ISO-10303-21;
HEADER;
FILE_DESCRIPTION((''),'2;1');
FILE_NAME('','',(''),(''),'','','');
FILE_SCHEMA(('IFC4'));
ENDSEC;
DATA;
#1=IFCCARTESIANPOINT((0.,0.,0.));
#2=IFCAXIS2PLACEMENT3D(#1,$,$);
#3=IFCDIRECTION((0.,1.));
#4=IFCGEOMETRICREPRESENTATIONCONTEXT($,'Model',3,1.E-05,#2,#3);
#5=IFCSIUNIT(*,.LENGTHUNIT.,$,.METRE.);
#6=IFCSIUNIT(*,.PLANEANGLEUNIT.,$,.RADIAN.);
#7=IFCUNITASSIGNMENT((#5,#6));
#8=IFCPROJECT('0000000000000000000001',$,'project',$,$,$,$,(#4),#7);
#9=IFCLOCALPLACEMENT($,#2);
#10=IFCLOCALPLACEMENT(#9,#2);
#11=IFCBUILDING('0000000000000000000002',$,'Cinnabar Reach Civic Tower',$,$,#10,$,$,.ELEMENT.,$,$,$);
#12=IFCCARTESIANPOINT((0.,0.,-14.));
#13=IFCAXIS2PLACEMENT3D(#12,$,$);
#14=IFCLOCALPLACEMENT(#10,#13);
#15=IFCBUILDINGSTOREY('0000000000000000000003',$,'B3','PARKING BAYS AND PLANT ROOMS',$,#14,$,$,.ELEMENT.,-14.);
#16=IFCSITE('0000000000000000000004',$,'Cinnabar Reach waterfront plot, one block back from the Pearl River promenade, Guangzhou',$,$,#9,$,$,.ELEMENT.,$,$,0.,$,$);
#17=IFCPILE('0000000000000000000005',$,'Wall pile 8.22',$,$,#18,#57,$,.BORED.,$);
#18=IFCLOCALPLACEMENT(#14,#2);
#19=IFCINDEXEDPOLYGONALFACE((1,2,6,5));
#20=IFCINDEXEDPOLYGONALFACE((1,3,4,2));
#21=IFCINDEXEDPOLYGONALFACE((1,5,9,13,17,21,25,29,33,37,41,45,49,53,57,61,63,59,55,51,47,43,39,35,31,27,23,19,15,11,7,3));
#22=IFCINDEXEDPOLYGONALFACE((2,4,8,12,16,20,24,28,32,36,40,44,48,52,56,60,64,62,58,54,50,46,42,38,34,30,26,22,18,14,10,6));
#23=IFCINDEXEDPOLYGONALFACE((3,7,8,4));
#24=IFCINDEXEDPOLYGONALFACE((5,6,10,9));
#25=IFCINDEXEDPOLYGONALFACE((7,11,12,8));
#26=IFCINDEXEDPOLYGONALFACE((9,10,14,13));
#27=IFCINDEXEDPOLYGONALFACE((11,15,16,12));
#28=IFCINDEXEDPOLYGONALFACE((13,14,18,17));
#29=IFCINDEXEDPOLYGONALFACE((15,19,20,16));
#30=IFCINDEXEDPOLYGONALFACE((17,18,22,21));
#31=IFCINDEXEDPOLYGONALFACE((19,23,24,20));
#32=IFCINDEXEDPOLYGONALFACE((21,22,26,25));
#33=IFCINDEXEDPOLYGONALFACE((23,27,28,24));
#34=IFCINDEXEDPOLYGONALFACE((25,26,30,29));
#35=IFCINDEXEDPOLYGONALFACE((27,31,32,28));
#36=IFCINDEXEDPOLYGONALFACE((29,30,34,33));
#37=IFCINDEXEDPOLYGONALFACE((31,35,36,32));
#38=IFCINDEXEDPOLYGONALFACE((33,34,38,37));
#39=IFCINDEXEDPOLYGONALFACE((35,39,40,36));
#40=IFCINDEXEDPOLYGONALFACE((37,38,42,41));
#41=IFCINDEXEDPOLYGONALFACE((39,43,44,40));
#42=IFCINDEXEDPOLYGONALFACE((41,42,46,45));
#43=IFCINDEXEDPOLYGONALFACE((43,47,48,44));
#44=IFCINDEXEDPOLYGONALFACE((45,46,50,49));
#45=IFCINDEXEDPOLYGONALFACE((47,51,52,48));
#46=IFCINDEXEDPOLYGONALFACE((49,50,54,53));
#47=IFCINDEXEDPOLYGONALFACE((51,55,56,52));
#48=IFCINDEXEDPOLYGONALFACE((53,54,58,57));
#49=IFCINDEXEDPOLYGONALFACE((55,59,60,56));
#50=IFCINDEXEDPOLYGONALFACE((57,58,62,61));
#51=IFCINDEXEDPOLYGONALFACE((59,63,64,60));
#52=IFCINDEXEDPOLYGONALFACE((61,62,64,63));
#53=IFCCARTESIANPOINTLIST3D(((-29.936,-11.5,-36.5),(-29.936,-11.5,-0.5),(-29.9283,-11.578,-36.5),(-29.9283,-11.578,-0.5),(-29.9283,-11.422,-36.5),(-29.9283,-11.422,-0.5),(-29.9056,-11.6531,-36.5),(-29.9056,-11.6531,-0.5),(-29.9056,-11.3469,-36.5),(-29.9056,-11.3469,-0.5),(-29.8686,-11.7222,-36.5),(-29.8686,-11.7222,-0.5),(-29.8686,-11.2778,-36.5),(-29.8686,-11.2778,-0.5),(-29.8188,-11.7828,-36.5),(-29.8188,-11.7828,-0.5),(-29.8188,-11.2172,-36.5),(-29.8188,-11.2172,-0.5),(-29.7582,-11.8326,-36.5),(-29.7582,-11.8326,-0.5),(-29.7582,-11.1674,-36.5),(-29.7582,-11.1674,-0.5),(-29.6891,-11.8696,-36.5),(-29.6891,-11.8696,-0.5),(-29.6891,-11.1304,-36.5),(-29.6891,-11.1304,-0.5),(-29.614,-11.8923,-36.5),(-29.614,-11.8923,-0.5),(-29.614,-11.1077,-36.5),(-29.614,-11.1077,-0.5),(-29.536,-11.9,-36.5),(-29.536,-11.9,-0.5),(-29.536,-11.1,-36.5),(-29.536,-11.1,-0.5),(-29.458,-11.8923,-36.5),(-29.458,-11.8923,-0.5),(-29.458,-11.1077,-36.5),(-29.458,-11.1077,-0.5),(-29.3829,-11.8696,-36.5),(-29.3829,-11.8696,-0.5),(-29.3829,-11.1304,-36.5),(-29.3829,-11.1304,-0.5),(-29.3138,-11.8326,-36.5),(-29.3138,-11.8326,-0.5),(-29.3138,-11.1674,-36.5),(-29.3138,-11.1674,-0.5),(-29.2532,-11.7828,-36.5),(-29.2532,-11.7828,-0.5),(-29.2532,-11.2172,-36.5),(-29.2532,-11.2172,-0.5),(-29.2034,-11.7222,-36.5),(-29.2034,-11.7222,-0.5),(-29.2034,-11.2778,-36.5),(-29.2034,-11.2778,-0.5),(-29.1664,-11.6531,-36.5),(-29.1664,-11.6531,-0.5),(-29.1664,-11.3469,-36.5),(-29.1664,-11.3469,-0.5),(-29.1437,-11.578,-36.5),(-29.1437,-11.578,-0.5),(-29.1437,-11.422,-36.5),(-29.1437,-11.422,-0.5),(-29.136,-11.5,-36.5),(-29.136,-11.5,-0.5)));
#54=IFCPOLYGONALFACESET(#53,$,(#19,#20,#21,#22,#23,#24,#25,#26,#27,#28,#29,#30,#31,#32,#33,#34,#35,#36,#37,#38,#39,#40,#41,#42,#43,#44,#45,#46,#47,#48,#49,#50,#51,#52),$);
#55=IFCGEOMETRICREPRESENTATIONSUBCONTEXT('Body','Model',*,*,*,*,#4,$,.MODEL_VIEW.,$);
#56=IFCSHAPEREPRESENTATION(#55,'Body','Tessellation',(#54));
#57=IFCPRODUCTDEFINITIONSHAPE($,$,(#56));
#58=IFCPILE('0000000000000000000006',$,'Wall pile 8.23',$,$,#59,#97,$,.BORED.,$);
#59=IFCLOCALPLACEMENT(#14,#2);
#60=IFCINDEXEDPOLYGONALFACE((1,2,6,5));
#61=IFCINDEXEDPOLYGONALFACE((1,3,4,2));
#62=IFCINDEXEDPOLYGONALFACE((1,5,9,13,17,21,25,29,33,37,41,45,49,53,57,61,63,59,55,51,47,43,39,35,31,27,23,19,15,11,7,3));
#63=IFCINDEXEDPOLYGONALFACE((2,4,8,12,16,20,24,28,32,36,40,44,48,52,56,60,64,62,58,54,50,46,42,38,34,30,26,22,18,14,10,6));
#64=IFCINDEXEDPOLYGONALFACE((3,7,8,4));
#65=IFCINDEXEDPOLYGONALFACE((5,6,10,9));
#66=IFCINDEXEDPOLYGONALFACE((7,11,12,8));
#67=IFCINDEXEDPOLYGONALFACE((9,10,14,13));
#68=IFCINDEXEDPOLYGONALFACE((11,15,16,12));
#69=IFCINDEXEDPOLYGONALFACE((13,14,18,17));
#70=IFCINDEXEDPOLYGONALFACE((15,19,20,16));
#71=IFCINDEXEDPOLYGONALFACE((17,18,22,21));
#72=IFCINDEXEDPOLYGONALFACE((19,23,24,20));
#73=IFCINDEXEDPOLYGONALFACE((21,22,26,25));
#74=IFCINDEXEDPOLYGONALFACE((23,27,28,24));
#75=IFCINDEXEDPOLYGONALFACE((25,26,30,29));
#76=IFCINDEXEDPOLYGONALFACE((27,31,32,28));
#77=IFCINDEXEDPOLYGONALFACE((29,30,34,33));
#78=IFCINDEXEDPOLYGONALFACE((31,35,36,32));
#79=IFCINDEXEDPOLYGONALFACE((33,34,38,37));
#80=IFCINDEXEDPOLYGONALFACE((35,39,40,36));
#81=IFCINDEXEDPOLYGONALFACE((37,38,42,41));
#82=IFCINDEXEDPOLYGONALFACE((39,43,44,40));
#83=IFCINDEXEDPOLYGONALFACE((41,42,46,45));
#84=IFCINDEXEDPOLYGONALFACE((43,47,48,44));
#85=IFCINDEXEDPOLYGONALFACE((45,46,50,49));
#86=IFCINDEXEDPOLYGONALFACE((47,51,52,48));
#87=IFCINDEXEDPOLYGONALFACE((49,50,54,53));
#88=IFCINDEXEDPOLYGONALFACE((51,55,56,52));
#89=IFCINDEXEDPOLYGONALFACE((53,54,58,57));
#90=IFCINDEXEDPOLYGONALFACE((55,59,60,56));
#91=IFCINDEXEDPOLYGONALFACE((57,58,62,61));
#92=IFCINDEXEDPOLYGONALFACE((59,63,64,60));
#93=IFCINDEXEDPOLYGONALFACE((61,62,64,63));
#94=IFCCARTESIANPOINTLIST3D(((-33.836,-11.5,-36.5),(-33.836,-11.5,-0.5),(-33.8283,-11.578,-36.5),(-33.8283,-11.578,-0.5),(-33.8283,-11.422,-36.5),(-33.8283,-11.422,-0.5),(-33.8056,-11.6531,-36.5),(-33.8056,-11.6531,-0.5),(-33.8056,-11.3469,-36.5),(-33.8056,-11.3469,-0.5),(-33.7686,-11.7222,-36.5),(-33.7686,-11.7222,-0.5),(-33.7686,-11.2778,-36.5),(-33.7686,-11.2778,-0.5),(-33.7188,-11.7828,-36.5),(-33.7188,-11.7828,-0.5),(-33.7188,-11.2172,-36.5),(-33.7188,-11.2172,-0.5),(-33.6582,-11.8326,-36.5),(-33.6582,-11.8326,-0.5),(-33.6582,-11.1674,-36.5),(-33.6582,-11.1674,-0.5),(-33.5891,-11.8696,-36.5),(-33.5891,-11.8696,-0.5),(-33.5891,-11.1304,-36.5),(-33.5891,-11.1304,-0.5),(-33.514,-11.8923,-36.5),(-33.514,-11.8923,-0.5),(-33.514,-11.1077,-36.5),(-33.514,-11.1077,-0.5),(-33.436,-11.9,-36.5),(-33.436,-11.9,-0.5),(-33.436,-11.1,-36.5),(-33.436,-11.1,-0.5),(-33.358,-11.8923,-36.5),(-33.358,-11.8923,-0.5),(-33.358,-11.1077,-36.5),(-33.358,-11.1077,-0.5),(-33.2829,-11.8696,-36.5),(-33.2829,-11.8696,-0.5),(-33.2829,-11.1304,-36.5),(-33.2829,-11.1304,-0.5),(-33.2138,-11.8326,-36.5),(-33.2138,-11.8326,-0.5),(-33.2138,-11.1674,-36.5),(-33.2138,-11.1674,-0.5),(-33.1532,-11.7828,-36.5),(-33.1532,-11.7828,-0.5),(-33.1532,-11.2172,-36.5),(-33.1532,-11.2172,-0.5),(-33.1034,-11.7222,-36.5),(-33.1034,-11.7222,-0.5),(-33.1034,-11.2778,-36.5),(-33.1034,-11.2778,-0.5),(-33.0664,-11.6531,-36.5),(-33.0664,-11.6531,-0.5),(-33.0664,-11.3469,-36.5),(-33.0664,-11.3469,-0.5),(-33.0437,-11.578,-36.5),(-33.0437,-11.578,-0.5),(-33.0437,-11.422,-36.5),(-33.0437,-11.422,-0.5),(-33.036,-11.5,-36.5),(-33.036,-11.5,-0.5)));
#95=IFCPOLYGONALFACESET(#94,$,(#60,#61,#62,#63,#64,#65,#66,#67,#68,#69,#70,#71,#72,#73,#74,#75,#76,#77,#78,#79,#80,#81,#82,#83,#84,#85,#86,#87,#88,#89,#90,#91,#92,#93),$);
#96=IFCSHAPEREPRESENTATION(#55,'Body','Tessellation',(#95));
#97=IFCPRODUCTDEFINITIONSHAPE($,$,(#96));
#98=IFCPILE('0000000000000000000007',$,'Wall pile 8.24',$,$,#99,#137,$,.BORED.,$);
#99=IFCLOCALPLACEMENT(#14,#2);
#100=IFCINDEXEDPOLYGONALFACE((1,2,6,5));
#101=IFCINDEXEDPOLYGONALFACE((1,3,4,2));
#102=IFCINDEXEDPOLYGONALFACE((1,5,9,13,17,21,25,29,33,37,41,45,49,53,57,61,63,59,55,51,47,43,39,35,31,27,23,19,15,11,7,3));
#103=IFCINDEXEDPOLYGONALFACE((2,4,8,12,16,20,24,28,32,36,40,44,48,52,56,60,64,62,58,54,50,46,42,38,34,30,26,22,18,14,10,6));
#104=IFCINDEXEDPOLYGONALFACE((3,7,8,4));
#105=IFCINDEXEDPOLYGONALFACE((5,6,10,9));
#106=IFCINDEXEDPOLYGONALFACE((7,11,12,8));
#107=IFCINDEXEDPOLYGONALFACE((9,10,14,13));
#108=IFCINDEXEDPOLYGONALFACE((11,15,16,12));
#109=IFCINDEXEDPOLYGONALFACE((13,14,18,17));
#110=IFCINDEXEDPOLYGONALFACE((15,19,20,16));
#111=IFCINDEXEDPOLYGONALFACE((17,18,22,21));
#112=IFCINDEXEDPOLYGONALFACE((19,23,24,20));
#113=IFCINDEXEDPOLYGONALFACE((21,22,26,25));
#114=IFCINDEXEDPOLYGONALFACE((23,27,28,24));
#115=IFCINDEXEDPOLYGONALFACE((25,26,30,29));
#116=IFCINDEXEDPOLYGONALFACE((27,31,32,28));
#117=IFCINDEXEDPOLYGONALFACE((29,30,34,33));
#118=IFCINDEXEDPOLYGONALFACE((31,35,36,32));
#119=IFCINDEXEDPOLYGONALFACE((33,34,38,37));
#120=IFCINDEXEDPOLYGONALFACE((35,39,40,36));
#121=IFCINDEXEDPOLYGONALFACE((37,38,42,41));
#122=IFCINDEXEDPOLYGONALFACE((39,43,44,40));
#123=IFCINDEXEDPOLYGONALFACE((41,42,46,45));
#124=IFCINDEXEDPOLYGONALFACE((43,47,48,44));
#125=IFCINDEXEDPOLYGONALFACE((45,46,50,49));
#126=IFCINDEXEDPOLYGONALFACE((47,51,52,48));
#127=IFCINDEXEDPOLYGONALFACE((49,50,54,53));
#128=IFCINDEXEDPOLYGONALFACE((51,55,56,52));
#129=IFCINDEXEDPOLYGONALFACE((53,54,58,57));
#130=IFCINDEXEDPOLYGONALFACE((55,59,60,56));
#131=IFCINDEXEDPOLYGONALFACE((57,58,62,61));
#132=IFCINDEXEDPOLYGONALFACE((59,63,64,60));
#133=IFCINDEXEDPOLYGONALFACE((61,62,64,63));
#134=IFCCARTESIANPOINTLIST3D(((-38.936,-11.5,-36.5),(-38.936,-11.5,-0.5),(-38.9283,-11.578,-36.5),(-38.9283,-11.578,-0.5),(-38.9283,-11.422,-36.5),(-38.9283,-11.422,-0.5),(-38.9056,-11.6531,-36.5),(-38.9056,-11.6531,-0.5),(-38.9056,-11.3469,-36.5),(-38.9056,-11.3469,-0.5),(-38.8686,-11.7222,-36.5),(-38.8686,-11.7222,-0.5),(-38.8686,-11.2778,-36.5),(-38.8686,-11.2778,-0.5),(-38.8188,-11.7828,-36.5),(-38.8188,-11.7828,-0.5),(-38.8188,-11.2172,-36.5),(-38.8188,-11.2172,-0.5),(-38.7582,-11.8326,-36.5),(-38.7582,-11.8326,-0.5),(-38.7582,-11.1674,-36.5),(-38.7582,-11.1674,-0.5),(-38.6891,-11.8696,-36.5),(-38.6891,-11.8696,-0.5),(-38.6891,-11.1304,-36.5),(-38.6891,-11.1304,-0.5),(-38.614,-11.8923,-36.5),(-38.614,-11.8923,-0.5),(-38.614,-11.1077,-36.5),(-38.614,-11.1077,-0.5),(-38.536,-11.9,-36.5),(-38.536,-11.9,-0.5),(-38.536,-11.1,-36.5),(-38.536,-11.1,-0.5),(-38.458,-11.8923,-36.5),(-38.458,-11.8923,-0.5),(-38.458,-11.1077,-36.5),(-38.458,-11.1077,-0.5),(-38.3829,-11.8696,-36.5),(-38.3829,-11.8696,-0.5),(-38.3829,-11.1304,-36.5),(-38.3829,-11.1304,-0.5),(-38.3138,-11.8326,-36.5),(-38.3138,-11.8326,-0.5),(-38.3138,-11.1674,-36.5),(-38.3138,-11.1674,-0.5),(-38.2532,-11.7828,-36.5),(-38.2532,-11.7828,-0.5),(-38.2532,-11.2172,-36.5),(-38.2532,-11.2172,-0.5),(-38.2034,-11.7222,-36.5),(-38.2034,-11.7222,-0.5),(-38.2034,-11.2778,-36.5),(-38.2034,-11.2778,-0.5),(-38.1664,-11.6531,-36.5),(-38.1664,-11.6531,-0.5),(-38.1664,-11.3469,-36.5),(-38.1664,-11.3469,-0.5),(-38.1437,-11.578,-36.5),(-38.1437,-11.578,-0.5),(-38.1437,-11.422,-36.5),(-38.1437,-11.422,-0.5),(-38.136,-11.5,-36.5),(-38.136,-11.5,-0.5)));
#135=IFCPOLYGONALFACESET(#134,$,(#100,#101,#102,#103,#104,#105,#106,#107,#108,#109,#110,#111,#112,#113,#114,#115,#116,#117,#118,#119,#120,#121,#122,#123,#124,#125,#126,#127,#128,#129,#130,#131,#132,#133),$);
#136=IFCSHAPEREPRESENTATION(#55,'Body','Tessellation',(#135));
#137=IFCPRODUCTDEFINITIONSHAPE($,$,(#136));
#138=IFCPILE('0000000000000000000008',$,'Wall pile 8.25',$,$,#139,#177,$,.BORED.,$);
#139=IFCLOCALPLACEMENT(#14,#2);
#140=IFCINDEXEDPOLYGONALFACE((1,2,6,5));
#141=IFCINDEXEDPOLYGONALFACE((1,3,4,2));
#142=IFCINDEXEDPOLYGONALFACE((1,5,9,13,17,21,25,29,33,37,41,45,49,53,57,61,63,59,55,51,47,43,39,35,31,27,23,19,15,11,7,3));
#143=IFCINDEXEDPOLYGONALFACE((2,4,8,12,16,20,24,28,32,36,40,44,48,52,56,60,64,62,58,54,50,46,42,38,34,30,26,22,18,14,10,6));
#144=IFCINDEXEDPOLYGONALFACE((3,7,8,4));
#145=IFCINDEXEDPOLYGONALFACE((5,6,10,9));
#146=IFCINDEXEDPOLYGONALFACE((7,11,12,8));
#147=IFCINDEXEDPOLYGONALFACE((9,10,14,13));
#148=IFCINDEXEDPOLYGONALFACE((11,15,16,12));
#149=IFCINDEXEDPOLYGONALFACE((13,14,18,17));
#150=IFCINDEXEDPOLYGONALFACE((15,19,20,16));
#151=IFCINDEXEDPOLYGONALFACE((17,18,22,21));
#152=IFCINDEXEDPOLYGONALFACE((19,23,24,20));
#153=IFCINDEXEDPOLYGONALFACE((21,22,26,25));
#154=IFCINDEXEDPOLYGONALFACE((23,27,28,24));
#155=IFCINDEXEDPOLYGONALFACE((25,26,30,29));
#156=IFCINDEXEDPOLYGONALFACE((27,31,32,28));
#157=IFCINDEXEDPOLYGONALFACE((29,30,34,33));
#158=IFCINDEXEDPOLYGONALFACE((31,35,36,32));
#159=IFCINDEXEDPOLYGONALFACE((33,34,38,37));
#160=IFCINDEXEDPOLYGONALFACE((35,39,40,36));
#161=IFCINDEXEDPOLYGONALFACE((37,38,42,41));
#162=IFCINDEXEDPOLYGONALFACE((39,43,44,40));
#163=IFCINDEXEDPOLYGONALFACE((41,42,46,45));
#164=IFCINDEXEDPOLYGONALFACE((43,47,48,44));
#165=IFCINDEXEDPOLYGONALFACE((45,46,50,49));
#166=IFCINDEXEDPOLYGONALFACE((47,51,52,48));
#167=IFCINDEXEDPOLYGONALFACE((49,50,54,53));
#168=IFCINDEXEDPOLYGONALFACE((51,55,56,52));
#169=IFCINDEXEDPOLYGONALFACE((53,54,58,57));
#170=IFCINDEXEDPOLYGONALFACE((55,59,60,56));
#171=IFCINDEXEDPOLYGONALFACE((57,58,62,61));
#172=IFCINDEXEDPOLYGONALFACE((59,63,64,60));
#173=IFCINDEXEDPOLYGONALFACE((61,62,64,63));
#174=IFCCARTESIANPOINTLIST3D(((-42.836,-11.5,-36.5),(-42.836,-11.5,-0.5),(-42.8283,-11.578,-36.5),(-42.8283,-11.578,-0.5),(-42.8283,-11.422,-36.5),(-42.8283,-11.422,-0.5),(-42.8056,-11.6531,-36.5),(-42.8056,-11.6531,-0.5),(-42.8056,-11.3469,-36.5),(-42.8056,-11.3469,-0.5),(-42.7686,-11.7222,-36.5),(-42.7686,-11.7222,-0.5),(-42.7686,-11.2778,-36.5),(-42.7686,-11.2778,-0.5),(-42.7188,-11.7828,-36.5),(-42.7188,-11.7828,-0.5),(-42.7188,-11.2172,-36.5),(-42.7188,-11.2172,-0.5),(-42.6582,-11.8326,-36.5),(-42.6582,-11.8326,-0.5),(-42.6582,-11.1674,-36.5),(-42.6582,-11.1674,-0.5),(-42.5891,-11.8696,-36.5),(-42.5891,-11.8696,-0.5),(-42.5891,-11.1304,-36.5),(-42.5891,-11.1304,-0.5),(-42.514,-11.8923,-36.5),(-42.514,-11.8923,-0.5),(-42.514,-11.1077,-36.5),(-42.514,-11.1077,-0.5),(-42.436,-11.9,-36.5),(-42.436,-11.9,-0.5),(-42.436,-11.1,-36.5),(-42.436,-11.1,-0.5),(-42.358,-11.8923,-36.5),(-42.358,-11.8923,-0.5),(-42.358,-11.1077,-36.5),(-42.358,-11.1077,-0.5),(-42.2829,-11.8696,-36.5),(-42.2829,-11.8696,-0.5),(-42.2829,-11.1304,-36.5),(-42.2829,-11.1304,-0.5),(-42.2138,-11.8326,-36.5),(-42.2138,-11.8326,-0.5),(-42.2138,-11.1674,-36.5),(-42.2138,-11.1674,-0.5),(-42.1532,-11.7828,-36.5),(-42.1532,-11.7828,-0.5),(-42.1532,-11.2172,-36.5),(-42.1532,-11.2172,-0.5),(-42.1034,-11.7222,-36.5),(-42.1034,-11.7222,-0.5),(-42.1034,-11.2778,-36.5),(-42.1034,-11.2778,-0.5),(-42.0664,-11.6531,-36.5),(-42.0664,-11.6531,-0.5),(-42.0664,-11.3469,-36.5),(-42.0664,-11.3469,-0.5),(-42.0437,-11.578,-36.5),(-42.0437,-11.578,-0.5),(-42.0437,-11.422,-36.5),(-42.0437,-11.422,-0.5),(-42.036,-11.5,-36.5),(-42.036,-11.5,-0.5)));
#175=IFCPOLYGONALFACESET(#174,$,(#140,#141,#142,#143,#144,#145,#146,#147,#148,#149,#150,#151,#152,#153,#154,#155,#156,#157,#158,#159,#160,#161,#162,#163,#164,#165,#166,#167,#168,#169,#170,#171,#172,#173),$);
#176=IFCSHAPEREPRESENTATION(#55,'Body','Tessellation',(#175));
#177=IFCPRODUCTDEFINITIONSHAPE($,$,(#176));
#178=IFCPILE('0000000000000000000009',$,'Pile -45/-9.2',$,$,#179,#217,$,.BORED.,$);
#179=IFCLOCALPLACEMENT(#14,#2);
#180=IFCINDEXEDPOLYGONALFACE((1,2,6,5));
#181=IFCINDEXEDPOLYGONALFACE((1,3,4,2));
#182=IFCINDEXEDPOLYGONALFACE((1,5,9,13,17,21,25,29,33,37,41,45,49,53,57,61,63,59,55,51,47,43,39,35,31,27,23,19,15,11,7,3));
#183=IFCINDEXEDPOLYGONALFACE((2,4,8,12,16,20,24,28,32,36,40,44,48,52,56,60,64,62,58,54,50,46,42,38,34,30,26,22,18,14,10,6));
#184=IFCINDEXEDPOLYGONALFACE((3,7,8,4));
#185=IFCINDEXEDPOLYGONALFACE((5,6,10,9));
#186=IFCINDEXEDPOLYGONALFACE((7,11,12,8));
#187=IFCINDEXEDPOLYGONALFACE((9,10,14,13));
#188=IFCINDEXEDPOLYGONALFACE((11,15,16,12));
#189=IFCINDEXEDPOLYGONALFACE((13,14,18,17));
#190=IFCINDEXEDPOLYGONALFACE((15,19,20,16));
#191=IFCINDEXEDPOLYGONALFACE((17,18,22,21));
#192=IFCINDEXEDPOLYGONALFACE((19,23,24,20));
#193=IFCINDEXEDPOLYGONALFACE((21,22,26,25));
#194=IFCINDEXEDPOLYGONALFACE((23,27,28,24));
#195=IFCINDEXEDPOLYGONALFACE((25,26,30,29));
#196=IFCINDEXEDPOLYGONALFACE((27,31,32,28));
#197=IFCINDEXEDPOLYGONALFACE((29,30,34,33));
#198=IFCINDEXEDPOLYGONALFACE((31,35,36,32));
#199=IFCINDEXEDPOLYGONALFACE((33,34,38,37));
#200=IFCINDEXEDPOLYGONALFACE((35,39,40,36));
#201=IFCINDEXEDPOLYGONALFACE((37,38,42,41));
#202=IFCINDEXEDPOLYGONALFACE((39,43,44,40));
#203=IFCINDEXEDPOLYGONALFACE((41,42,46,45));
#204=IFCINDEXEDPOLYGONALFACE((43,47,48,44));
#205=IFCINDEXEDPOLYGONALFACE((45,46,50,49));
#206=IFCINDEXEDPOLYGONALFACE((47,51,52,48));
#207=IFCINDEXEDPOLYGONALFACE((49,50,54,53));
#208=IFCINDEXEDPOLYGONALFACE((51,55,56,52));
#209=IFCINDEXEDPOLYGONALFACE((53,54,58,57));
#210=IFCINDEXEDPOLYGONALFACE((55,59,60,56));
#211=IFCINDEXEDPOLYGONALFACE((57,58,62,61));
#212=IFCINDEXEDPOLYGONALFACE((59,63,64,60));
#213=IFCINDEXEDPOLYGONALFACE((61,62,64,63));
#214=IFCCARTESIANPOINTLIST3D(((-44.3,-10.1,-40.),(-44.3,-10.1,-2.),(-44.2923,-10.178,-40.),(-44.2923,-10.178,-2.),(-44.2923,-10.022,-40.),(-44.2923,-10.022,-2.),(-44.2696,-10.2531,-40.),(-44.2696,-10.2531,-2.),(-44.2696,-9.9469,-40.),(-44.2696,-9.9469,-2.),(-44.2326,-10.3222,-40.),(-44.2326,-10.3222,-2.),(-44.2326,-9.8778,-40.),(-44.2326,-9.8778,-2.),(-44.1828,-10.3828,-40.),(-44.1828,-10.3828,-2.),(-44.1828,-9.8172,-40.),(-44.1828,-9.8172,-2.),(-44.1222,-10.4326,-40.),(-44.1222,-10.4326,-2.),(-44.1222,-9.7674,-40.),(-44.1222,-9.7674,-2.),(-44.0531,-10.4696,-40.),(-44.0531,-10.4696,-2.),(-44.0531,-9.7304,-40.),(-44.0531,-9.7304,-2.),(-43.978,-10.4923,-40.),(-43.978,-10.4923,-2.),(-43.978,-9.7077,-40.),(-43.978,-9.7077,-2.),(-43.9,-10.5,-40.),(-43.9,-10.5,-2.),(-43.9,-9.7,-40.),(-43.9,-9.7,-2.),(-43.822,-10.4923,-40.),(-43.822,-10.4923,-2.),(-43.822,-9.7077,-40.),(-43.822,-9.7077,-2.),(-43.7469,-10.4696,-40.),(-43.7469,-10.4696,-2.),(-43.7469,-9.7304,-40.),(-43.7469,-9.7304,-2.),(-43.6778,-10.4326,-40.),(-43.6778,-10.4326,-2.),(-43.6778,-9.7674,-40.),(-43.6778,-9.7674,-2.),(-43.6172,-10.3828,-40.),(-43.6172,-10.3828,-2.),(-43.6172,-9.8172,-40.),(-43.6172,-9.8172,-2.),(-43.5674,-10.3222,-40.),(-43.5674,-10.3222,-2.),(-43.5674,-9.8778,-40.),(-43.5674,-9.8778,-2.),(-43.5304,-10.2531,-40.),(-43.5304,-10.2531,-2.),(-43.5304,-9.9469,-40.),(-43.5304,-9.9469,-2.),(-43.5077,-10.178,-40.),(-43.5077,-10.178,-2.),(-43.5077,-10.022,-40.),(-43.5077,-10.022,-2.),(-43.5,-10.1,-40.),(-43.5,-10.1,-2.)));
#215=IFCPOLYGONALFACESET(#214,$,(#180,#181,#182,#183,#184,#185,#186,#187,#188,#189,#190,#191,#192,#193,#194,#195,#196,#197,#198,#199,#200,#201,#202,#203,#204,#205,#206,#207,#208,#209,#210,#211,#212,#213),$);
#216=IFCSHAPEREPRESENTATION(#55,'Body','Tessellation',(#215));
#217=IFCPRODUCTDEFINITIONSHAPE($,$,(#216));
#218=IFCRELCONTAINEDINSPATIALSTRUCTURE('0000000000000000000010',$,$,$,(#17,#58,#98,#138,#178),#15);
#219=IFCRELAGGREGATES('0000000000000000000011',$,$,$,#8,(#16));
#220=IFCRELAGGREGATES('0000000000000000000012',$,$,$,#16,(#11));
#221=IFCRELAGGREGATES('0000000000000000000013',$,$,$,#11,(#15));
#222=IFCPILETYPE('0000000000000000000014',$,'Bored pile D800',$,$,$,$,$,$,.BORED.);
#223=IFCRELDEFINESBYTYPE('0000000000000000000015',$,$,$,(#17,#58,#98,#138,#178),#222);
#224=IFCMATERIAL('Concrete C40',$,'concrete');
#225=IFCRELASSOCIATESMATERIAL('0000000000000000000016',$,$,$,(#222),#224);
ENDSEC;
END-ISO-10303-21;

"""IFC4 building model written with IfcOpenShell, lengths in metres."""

from ifc_helpers import new_model, si_unit, direction, frame, origin, origin_2d, place, context, subcontext, project, spatial, circle, extrude, material, type_object, element, save


model = new_model("IFC4")

# Units and contexts
model_context = context("Model", 3, precision=1e-05, world=origin(), true_north=direction((0.0, 1.0)))
body_context = subcontext(model_context, "Body", "Model", "MODEL_VIEW")
ifc_project = project(units=[si_unit("LENGTHUNIT", "METRE"), si_unit("PLANEANGLEUNIT", "RADIAN")], contexts=[model_context])

# Site, building, storey
site_placement = place(None, origin())
site = spatial("IfcSite", under=ifc_project, at=site_placement, Name="Cinnabar Reach waterfront plot, one block back from the Pearl River promenade, Guangzhou", CompositionType="ELEMENT", RefElevation=0.0)
building_placement = place(site_placement, origin())
building = spatial("IfcBuilding", under=site, at=building_placement, Name="Cinnabar Reach Civic Tower", CompositionType="ELEMENT")
storey_placement = place(building_placement, frame((0.0, 0.0, -14.0)))
storey = spatial("IfcBuildingStorey", under=building, at=storey_placement, Name="B3", Description="PARKING BAYS AND PLANT ROOMS", CompositionType="ELEMENT", Elevation=-14.0)

# Piles
ifc_material_1 = material(Name="Concrete C40", Category="concrete")
pile_type = type_object("IfcPileType", Name="Bored pile D800", PredefinedType="BORED", material=ifc_material_1)
for number, where, z_axis, x_axis, name in (
    (1, (-29.536, -11.5, -0.5), (0.0, 0.0, -1.0), (1.0, 0.0, 0.0), "Wall pile 8.22"),
    (2, (-33.436, -11.5, -0.5), (0.0, 0.0, -1.0), (1.0, 0.0, 0.0), "Wall pile 8.23"),
    (3, (-38.536, -11.5, -0.5), (0.0, 0.0, -1.0), (1.0, 0.0, 0.0), "Wall pile 8.24"),
    (4, (-42.436, -11.5, -0.5), (0.0, 0.0, -1.0), (1.0, 0.0, 0.0), "Wall pile 8.25"),
):
    element("IfcPile", number, at=place(storey_placement, frame(where, z_axis=z_axis, x_axis=x_axis)), inside=storey, type_object=pile_type, Name=name, PredefinedType="BORED", context=body_context, shape_type="SweptSolid", body=[
        extrude(circle(Radius=0.4, at=origin_2d()), origin(), (0.0, 0.0, 1.0), 36.0),
    ])
for number, where, z_axis, x_axis, name in (
    (5, (-43.9, -10.1, -2.0), (0.0, 0.0, -1.0), (1.0, 0.0, 0.0), "Pile -45/-9.2"),
):
    element("IfcPile", number, at=place(storey_placement, frame(where, z_axis=z_axis, x_axis=x_axis)), inside=storey, type_object=pile_type, Name=name, PredefinedType="BORED", context=body_context, shape_type="SweptSolid", body=[
        extrude(circle(Radius=0.4, at=origin_2d()), origin(), (0.0, 0.0, 1.0), 38.0),
    ])

save(model, "model.ifc")
